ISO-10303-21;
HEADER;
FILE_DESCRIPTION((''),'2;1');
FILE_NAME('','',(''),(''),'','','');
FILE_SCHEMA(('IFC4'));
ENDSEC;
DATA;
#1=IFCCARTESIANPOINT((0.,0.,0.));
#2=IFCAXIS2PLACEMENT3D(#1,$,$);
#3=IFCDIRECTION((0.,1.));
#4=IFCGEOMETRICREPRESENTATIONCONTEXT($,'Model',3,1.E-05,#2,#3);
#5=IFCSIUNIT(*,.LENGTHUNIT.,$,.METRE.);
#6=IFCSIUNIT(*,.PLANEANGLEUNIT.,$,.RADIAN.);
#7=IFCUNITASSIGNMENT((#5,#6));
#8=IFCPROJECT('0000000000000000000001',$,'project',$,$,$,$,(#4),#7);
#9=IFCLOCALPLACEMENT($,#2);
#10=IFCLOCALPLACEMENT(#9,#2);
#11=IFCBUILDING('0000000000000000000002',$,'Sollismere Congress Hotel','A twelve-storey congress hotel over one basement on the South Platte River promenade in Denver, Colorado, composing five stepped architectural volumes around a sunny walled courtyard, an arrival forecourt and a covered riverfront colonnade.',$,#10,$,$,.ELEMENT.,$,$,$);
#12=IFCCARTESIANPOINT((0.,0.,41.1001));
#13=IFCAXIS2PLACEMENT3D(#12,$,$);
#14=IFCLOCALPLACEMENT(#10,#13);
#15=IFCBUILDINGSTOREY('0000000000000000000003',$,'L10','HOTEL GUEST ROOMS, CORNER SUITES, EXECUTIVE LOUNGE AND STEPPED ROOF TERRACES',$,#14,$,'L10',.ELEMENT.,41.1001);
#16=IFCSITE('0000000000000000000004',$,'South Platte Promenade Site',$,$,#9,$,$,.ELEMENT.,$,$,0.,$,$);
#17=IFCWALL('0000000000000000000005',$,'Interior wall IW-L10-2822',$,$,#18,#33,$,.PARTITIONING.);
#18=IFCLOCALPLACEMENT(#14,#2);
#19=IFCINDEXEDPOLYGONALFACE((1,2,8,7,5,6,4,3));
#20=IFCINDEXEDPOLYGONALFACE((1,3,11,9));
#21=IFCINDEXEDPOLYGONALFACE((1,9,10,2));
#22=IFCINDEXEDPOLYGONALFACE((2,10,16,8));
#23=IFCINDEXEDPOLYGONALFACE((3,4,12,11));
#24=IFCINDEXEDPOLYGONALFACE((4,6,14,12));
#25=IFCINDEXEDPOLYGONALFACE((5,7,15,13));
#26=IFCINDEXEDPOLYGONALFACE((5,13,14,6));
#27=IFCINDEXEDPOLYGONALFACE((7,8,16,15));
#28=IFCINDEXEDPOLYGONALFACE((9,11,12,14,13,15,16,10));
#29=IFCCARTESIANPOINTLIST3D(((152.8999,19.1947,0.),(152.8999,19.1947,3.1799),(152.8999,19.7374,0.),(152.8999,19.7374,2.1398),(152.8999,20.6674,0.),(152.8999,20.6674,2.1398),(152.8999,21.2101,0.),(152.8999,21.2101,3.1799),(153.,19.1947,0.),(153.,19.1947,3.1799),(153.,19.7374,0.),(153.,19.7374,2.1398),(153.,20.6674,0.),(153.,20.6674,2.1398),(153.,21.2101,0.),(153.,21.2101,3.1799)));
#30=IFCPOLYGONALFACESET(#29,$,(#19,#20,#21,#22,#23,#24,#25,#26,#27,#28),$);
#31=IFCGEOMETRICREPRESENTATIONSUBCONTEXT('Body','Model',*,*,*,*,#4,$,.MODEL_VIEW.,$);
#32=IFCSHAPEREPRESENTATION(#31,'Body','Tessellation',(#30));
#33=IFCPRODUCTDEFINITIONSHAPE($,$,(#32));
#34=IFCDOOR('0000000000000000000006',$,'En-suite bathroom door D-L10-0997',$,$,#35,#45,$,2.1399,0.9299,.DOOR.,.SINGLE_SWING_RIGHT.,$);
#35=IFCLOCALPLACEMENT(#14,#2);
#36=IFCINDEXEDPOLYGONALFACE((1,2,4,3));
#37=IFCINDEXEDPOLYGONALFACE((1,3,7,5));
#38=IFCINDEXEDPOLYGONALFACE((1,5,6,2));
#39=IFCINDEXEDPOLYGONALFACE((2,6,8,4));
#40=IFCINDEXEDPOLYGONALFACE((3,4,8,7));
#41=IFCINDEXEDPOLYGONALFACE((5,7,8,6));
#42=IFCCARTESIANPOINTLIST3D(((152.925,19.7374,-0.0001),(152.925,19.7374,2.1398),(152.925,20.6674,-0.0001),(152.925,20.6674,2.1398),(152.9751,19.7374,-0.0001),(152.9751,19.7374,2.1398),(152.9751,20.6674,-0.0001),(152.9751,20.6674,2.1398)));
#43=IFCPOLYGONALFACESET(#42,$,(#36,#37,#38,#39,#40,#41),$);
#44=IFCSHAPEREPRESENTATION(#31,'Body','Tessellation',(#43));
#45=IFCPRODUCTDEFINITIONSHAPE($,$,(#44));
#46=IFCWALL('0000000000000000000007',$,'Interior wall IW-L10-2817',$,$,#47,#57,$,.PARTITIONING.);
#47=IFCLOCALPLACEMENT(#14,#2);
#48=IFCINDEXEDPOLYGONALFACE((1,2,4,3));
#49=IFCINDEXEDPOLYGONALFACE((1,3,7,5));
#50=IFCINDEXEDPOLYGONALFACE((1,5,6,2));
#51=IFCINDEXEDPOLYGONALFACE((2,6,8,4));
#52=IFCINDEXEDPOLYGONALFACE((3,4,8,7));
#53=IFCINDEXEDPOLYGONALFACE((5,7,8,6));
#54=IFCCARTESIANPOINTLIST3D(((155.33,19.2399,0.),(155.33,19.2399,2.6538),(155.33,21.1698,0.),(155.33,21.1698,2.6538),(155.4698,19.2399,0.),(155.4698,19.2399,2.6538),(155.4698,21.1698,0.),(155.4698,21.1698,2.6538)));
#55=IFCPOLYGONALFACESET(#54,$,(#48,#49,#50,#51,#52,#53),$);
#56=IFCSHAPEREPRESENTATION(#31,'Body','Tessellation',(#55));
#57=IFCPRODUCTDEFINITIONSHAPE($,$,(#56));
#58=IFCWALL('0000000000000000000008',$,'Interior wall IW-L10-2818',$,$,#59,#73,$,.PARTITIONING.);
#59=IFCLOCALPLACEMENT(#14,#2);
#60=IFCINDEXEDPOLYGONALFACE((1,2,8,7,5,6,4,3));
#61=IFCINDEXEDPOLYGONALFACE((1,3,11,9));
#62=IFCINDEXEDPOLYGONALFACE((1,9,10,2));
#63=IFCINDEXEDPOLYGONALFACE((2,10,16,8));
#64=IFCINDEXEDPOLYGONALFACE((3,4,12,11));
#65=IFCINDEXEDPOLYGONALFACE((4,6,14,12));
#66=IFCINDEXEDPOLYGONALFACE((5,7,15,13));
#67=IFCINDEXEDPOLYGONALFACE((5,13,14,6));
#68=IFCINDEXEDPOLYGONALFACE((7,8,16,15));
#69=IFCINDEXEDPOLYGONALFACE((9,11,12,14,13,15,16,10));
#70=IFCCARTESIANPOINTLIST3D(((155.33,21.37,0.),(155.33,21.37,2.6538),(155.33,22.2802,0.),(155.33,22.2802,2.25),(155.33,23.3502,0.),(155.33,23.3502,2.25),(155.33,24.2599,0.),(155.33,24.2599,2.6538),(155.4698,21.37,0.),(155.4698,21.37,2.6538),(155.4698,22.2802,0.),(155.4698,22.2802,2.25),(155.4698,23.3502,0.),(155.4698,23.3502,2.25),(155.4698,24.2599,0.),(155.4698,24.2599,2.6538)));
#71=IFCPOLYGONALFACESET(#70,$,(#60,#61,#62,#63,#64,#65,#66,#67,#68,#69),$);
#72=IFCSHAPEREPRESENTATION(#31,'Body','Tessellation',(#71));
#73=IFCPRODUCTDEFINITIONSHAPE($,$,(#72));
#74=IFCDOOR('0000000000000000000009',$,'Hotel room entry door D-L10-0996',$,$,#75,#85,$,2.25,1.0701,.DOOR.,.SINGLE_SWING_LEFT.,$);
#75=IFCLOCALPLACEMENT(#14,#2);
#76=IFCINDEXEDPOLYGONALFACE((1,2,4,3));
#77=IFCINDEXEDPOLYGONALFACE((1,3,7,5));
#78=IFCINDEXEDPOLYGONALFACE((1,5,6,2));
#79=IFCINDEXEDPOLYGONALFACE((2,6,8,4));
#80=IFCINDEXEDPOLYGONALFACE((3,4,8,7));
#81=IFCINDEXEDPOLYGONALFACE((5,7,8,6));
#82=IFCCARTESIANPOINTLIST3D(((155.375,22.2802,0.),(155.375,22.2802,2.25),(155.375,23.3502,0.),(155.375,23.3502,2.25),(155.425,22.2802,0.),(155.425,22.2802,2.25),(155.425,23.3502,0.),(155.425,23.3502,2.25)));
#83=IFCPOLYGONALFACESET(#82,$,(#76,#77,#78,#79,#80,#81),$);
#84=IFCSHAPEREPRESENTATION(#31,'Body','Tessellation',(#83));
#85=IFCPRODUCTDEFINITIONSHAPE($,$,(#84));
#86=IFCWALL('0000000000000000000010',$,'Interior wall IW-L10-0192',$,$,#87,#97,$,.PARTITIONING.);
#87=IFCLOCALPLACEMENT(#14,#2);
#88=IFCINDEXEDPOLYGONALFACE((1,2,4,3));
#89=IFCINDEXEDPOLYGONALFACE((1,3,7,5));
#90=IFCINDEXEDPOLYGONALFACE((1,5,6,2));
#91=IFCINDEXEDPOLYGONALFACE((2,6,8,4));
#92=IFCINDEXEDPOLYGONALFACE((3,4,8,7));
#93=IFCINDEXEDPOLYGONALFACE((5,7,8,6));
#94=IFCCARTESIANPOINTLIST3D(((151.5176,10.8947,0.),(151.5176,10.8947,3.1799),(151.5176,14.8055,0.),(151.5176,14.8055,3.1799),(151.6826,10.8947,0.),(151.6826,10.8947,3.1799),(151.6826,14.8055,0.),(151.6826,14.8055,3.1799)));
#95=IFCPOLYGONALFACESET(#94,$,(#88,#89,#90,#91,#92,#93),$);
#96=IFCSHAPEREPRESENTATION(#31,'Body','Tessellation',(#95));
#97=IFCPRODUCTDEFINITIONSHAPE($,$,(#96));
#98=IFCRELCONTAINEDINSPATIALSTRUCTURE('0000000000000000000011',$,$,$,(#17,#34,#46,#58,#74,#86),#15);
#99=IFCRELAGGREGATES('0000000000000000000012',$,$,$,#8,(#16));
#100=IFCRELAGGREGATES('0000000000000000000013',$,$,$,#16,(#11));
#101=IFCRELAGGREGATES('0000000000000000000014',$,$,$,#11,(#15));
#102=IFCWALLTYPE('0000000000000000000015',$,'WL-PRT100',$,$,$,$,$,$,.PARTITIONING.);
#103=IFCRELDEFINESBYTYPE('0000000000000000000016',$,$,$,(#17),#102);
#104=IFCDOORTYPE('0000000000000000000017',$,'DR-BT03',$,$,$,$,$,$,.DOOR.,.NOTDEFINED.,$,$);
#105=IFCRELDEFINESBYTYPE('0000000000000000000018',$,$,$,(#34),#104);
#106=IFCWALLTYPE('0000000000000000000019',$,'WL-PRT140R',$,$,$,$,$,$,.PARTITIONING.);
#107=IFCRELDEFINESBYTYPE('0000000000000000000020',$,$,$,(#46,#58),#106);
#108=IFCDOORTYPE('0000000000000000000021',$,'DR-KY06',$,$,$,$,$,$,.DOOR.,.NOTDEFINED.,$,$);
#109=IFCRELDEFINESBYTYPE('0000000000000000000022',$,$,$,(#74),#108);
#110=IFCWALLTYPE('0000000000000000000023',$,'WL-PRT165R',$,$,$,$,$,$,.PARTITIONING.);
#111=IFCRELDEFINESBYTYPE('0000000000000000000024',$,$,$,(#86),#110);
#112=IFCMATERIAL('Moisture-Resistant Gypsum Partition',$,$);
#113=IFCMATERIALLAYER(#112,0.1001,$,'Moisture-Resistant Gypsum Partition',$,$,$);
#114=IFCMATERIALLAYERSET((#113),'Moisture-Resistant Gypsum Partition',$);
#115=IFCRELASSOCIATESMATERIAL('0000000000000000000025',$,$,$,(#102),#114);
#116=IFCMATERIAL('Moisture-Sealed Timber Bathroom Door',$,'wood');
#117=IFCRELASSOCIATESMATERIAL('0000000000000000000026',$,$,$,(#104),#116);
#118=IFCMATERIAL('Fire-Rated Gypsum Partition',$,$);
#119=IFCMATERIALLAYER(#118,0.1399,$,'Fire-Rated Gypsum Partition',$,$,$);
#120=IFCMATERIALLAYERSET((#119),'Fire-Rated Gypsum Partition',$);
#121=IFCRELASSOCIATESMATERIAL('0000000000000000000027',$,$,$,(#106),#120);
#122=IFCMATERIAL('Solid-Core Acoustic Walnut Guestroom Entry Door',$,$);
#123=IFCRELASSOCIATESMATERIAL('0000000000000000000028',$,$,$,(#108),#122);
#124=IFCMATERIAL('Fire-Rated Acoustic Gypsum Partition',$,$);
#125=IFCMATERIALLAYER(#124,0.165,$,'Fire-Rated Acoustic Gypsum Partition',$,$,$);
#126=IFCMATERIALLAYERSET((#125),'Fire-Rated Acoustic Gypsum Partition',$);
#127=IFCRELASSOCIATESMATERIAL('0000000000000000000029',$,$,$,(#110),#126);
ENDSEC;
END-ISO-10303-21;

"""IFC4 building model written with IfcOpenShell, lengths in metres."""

from ifc_helpers import new_model, si_unit, direction, frame, frame_2d, origin, place, context, subcontext, project, spatial, rectangle, extrude, material, layer, layer_set, type_object, element, fill, save


model = new_model("IFC4")

# Units and contexts
model_context = context("Model", 3, precision=1e-05, world=origin(), true_north=direction((0.0, 1.0)))
body_context = subcontext(model_context, "Body", "Model", "MODEL_VIEW")
ifc_project = project(units=[si_unit("LENGTHUNIT", "METRE"), si_unit("PLANEANGLEUNIT", "RADIAN")], contexts=[model_context])

# Site, building, storey
site_placement = place(None, origin())
site = spatial("IfcSite", under=ifc_project, at=site_placement, Name="South Platte Promenade Site", CompositionType="ELEMENT", RefElevation=0.0)
building_placement = place(site_placement, origin())
building = spatial("IfcBuilding", under=site, at=building_placement, Name="Sollismere Congress Hotel", Description="A twelve-storey congress hotel over one basement on the South Platte River promenade in Denver, Colorado, composing five stepped architectural volumes around a sunny walled courtyard, an arrival forecourt and a covered riverfront colonnade.", CompositionType="ELEMENT")
storey_placement = place(building_placement, frame((0.0, 0.0, 41.1001)))
storey = spatial("IfcBuildingStorey", under=building, at=storey_placement, Name="L10", Description="HOTEL GUEST ROOMS, CORNER SUITES, EXECUTIVE LOUNGE AND STEPPED ROOF TERRACES", LongName="L10", CompositionType="ELEMENT", Elevation=41.1001)

# Wall, opening, door
ifc_material_1 = material(Name="Moisture-Resistant Gypsum Partition")
ifc_layer_1 = layer(ifc_material_1, 0.1001, Name="Moisture-Resistant Gypsum Partition")
ifc_layer_set_1 = layer_set([ifc_layer_1], Name="Moisture-Resistant Gypsum Partition")
wall_type_1 = type_object("IfcWallType", Name="WL-PRT100", PredefinedType="PARTITIONING", material=ifc_layer_set_1)
wall_1_placement = place(storey_placement, frame((152.95, 19.1946, 0.0), z_axis=(0.0, 0.0, 1.0), x_axis=(0.0, 1.0, 0.0)))
wall_1 = element("IfcWall", 1, at=wall_1_placement, inside=storey, type_object=wall_type_1, Name="Interior wall IW-L10-2822", PredefinedType="PARTITIONING", context=body_context, shape_type="SweptSolid", body=[
    extrude(rectangle(XDim=2.0154, YDim=0.1001, at=frame_2d((1.0078, 0.0))), origin(), (0.0, 0.0, 1.0), 3.1799),
])
opening_1_placement = place(wall_1_placement, frame((0.543, 0.0, 0.0)))
opening_1 = element("IfcOpeningElement", 2, at=opening_1_placement, cuts=wall_1, PredefinedType="OPENING", context=body_context, shape_type="SweptSolid", body=[
    extrude(rectangle(XDim=0.9299, YDim=2.1399, at=frame_2d((0.4648, 1.0698))), frame((0.0, 0.0601, 0.0), z_axis=(0.0, -1.0, 0.0), x_axis=(1.0, 0.0, 0.0)), (0.0, 0.0, 1.0), 0.1201),
])
ifc_material_2 = material(Name="Moisture-Sealed Timber Bathroom Door", Category="wood")
door_type_1 = type_object("IfcDoorType", Name="DR-BT03", OperationType="NOTDEFINED", PredefinedType="DOOR", material=ifc_material_2)
door_1_placement = place(opening_1_placement, origin())
door_1 = element("IfcDoor", 3, at=door_1_placement, inside=storey, type_object=door_type_1, Name="En-suite bathroom door D-L10-0997", OperationType="SINGLE_SWING_RIGHT", OverallHeight=2.1399, OverallWidth=0.9299, PredefinedType="DOOR", context=body_context, shape_type="SweptSolid", body=[
    extrude(rectangle(XDim=0.9299, YDim=2.1399, at=frame_2d((0.4648, 1.0698))), frame((0.0, 0.0249, 0.0), z_axis=(0.0, -1.0, 0.0), x_axis=(1.0, 0.0, 0.0)), (0.0, 0.0, 1.0), 0.05),
])
fill(opening_1, door_1)

# Wall
ifc_material_3 = material(Name="Fire-Rated Gypsum Partition")
ifc_layer_2 = layer(ifc_material_3, 0.1399, Name="Fire-Rated Gypsum Partition")
ifc_layer_set_2 = layer_set([ifc_layer_2], Name="Fire-Rated Gypsum Partition")
wall_type_2 = type_object("IfcWallType", Name="WL-PRT140R", PredefinedType="PARTITIONING", material=ifc_layer_set_2)
wall_2_placement = place(storey_placement, frame((155.3999, 19.24, 0.0), z_axis=(0.0, 0.0, 1.0), x_axis=(0.0, 1.0, 0.0)))
element("IfcWall", 4, at=wall_2_placement, inside=storey, type_object=wall_type_2, Name="Interior wall IW-L10-2817", PredefinedType="PARTITIONING", context=body_context, shape_type="SweptSolid", body=[
    extrude(rectangle(XDim=1.9299, YDim=0.1399, at=frame_2d((0.9648, 0.0))), origin(), (0.0, 0.0, 1.0), 2.6538),
])

# Wall, opening, door
wall_3_placement = place(storey_placement, frame((155.3999, 21.3701, 0.0), z_axis=(0.0, 0.0, 1.0), x_axis=(0.0, 1.0, 0.0)))
wall_3 = element("IfcWall", 5, at=wall_3_placement, inside=storey, type_object=wall_type_2, Name="Interior wall IW-L10-2818", PredefinedType="PARTITIONING", context=body_context, shape_type="SweptSolid", body=[
    extrude(rectangle(XDim=2.8899, YDim=0.1399, at=frame_2d((1.4448, 0.0))), origin(), (0.0, 0.0, 1.0), 2.6538),
])
opening_2_placement = place(wall_3_placement, frame((0.9099, 0.0, 0.0)))
opening_2 = element("IfcOpeningElement", 6, at=opening_2_placement, cuts=wall_3, PredefinedType="OPENING", context=body_context, shape_type="SweptSolid", body=[
    extrude(rectangle(XDim=1.0701, YDim=2.25, at=frame_2d((0.5352, 1.125))), frame((0.0, 0.0798, 0.0), z_axis=(0.0, -1.0, 0.0), x_axis=(1.0, 0.0, 0.0)), (0.0, 0.0, 1.0), 0.1599),
])
ifc_material_4 = material(Name="Solid-Core Acoustic Walnut Guestroom Entry Door")
door_type_2 = type_object("IfcDoorType", Name="DR-KY06", OperationType="NOTDEFINED", PredefinedType="DOOR", material=ifc_material_4)
door_2_placement = place(opening_2_placement, origin())
door_2 = element("IfcDoor", 7, at=door_2_placement, inside=storey, type_object=door_type_2, Name="Hotel room entry door D-L10-0996", OperationType="SINGLE_SWING_LEFT", OverallHeight=2.25, OverallWidth=1.0701, PredefinedType="DOOR", context=body_context, shape_type="SweptSolid", body=[
    extrude(rectangle(XDim=1.0701, YDim=2.25, at=frame_2d((0.5352, 1.125))), frame((0.0, 0.0249, 0.0), z_axis=(0.0, -1.0, 0.0), x_axis=(1.0, 0.0, 0.0)), (0.0, 0.0, 1.0), 0.05),
])
fill(opening_2, door_2)

# Wall
ifc_material_5 = material(Name="Fire-Rated Acoustic Gypsum Partition")
ifc_layer_3 = layer(ifc_material_5, 0.165, Name="Fire-Rated Acoustic Gypsum Partition")
ifc_layer_set_3 = layer_set([ifc_layer_3], Name="Fire-Rated Acoustic Gypsum Partition")
wall_type_3 = type_object("IfcWallType", Name="WL-PRT165R", PredefinedType="PARTITIONING", material=ifc_layer_set_3)
wall_4_placement = place(storey_placement, frame((151.6001, 10.8945, 0.0), z_axis=(0.0, 0.0, 1.0), x_axis=(0.0, 1.0, 0.0)))
element("IfcWall", 8, at=wall_4_placement, inside=storey, type_object=wall_type_3, Name="Interior wall IW-L10-0192", PredefinedType="PARTITIONING", context=body_context, shape_type="SweptSolid", body=[
    extrude(rectangle(XDim=3.9109, YDim=0.165, at=frame_2d((1.9556, 0.0))), origin(), (0.0, 0.0, 1.0), 3.1799),
])

save(model, "model.ifc")
